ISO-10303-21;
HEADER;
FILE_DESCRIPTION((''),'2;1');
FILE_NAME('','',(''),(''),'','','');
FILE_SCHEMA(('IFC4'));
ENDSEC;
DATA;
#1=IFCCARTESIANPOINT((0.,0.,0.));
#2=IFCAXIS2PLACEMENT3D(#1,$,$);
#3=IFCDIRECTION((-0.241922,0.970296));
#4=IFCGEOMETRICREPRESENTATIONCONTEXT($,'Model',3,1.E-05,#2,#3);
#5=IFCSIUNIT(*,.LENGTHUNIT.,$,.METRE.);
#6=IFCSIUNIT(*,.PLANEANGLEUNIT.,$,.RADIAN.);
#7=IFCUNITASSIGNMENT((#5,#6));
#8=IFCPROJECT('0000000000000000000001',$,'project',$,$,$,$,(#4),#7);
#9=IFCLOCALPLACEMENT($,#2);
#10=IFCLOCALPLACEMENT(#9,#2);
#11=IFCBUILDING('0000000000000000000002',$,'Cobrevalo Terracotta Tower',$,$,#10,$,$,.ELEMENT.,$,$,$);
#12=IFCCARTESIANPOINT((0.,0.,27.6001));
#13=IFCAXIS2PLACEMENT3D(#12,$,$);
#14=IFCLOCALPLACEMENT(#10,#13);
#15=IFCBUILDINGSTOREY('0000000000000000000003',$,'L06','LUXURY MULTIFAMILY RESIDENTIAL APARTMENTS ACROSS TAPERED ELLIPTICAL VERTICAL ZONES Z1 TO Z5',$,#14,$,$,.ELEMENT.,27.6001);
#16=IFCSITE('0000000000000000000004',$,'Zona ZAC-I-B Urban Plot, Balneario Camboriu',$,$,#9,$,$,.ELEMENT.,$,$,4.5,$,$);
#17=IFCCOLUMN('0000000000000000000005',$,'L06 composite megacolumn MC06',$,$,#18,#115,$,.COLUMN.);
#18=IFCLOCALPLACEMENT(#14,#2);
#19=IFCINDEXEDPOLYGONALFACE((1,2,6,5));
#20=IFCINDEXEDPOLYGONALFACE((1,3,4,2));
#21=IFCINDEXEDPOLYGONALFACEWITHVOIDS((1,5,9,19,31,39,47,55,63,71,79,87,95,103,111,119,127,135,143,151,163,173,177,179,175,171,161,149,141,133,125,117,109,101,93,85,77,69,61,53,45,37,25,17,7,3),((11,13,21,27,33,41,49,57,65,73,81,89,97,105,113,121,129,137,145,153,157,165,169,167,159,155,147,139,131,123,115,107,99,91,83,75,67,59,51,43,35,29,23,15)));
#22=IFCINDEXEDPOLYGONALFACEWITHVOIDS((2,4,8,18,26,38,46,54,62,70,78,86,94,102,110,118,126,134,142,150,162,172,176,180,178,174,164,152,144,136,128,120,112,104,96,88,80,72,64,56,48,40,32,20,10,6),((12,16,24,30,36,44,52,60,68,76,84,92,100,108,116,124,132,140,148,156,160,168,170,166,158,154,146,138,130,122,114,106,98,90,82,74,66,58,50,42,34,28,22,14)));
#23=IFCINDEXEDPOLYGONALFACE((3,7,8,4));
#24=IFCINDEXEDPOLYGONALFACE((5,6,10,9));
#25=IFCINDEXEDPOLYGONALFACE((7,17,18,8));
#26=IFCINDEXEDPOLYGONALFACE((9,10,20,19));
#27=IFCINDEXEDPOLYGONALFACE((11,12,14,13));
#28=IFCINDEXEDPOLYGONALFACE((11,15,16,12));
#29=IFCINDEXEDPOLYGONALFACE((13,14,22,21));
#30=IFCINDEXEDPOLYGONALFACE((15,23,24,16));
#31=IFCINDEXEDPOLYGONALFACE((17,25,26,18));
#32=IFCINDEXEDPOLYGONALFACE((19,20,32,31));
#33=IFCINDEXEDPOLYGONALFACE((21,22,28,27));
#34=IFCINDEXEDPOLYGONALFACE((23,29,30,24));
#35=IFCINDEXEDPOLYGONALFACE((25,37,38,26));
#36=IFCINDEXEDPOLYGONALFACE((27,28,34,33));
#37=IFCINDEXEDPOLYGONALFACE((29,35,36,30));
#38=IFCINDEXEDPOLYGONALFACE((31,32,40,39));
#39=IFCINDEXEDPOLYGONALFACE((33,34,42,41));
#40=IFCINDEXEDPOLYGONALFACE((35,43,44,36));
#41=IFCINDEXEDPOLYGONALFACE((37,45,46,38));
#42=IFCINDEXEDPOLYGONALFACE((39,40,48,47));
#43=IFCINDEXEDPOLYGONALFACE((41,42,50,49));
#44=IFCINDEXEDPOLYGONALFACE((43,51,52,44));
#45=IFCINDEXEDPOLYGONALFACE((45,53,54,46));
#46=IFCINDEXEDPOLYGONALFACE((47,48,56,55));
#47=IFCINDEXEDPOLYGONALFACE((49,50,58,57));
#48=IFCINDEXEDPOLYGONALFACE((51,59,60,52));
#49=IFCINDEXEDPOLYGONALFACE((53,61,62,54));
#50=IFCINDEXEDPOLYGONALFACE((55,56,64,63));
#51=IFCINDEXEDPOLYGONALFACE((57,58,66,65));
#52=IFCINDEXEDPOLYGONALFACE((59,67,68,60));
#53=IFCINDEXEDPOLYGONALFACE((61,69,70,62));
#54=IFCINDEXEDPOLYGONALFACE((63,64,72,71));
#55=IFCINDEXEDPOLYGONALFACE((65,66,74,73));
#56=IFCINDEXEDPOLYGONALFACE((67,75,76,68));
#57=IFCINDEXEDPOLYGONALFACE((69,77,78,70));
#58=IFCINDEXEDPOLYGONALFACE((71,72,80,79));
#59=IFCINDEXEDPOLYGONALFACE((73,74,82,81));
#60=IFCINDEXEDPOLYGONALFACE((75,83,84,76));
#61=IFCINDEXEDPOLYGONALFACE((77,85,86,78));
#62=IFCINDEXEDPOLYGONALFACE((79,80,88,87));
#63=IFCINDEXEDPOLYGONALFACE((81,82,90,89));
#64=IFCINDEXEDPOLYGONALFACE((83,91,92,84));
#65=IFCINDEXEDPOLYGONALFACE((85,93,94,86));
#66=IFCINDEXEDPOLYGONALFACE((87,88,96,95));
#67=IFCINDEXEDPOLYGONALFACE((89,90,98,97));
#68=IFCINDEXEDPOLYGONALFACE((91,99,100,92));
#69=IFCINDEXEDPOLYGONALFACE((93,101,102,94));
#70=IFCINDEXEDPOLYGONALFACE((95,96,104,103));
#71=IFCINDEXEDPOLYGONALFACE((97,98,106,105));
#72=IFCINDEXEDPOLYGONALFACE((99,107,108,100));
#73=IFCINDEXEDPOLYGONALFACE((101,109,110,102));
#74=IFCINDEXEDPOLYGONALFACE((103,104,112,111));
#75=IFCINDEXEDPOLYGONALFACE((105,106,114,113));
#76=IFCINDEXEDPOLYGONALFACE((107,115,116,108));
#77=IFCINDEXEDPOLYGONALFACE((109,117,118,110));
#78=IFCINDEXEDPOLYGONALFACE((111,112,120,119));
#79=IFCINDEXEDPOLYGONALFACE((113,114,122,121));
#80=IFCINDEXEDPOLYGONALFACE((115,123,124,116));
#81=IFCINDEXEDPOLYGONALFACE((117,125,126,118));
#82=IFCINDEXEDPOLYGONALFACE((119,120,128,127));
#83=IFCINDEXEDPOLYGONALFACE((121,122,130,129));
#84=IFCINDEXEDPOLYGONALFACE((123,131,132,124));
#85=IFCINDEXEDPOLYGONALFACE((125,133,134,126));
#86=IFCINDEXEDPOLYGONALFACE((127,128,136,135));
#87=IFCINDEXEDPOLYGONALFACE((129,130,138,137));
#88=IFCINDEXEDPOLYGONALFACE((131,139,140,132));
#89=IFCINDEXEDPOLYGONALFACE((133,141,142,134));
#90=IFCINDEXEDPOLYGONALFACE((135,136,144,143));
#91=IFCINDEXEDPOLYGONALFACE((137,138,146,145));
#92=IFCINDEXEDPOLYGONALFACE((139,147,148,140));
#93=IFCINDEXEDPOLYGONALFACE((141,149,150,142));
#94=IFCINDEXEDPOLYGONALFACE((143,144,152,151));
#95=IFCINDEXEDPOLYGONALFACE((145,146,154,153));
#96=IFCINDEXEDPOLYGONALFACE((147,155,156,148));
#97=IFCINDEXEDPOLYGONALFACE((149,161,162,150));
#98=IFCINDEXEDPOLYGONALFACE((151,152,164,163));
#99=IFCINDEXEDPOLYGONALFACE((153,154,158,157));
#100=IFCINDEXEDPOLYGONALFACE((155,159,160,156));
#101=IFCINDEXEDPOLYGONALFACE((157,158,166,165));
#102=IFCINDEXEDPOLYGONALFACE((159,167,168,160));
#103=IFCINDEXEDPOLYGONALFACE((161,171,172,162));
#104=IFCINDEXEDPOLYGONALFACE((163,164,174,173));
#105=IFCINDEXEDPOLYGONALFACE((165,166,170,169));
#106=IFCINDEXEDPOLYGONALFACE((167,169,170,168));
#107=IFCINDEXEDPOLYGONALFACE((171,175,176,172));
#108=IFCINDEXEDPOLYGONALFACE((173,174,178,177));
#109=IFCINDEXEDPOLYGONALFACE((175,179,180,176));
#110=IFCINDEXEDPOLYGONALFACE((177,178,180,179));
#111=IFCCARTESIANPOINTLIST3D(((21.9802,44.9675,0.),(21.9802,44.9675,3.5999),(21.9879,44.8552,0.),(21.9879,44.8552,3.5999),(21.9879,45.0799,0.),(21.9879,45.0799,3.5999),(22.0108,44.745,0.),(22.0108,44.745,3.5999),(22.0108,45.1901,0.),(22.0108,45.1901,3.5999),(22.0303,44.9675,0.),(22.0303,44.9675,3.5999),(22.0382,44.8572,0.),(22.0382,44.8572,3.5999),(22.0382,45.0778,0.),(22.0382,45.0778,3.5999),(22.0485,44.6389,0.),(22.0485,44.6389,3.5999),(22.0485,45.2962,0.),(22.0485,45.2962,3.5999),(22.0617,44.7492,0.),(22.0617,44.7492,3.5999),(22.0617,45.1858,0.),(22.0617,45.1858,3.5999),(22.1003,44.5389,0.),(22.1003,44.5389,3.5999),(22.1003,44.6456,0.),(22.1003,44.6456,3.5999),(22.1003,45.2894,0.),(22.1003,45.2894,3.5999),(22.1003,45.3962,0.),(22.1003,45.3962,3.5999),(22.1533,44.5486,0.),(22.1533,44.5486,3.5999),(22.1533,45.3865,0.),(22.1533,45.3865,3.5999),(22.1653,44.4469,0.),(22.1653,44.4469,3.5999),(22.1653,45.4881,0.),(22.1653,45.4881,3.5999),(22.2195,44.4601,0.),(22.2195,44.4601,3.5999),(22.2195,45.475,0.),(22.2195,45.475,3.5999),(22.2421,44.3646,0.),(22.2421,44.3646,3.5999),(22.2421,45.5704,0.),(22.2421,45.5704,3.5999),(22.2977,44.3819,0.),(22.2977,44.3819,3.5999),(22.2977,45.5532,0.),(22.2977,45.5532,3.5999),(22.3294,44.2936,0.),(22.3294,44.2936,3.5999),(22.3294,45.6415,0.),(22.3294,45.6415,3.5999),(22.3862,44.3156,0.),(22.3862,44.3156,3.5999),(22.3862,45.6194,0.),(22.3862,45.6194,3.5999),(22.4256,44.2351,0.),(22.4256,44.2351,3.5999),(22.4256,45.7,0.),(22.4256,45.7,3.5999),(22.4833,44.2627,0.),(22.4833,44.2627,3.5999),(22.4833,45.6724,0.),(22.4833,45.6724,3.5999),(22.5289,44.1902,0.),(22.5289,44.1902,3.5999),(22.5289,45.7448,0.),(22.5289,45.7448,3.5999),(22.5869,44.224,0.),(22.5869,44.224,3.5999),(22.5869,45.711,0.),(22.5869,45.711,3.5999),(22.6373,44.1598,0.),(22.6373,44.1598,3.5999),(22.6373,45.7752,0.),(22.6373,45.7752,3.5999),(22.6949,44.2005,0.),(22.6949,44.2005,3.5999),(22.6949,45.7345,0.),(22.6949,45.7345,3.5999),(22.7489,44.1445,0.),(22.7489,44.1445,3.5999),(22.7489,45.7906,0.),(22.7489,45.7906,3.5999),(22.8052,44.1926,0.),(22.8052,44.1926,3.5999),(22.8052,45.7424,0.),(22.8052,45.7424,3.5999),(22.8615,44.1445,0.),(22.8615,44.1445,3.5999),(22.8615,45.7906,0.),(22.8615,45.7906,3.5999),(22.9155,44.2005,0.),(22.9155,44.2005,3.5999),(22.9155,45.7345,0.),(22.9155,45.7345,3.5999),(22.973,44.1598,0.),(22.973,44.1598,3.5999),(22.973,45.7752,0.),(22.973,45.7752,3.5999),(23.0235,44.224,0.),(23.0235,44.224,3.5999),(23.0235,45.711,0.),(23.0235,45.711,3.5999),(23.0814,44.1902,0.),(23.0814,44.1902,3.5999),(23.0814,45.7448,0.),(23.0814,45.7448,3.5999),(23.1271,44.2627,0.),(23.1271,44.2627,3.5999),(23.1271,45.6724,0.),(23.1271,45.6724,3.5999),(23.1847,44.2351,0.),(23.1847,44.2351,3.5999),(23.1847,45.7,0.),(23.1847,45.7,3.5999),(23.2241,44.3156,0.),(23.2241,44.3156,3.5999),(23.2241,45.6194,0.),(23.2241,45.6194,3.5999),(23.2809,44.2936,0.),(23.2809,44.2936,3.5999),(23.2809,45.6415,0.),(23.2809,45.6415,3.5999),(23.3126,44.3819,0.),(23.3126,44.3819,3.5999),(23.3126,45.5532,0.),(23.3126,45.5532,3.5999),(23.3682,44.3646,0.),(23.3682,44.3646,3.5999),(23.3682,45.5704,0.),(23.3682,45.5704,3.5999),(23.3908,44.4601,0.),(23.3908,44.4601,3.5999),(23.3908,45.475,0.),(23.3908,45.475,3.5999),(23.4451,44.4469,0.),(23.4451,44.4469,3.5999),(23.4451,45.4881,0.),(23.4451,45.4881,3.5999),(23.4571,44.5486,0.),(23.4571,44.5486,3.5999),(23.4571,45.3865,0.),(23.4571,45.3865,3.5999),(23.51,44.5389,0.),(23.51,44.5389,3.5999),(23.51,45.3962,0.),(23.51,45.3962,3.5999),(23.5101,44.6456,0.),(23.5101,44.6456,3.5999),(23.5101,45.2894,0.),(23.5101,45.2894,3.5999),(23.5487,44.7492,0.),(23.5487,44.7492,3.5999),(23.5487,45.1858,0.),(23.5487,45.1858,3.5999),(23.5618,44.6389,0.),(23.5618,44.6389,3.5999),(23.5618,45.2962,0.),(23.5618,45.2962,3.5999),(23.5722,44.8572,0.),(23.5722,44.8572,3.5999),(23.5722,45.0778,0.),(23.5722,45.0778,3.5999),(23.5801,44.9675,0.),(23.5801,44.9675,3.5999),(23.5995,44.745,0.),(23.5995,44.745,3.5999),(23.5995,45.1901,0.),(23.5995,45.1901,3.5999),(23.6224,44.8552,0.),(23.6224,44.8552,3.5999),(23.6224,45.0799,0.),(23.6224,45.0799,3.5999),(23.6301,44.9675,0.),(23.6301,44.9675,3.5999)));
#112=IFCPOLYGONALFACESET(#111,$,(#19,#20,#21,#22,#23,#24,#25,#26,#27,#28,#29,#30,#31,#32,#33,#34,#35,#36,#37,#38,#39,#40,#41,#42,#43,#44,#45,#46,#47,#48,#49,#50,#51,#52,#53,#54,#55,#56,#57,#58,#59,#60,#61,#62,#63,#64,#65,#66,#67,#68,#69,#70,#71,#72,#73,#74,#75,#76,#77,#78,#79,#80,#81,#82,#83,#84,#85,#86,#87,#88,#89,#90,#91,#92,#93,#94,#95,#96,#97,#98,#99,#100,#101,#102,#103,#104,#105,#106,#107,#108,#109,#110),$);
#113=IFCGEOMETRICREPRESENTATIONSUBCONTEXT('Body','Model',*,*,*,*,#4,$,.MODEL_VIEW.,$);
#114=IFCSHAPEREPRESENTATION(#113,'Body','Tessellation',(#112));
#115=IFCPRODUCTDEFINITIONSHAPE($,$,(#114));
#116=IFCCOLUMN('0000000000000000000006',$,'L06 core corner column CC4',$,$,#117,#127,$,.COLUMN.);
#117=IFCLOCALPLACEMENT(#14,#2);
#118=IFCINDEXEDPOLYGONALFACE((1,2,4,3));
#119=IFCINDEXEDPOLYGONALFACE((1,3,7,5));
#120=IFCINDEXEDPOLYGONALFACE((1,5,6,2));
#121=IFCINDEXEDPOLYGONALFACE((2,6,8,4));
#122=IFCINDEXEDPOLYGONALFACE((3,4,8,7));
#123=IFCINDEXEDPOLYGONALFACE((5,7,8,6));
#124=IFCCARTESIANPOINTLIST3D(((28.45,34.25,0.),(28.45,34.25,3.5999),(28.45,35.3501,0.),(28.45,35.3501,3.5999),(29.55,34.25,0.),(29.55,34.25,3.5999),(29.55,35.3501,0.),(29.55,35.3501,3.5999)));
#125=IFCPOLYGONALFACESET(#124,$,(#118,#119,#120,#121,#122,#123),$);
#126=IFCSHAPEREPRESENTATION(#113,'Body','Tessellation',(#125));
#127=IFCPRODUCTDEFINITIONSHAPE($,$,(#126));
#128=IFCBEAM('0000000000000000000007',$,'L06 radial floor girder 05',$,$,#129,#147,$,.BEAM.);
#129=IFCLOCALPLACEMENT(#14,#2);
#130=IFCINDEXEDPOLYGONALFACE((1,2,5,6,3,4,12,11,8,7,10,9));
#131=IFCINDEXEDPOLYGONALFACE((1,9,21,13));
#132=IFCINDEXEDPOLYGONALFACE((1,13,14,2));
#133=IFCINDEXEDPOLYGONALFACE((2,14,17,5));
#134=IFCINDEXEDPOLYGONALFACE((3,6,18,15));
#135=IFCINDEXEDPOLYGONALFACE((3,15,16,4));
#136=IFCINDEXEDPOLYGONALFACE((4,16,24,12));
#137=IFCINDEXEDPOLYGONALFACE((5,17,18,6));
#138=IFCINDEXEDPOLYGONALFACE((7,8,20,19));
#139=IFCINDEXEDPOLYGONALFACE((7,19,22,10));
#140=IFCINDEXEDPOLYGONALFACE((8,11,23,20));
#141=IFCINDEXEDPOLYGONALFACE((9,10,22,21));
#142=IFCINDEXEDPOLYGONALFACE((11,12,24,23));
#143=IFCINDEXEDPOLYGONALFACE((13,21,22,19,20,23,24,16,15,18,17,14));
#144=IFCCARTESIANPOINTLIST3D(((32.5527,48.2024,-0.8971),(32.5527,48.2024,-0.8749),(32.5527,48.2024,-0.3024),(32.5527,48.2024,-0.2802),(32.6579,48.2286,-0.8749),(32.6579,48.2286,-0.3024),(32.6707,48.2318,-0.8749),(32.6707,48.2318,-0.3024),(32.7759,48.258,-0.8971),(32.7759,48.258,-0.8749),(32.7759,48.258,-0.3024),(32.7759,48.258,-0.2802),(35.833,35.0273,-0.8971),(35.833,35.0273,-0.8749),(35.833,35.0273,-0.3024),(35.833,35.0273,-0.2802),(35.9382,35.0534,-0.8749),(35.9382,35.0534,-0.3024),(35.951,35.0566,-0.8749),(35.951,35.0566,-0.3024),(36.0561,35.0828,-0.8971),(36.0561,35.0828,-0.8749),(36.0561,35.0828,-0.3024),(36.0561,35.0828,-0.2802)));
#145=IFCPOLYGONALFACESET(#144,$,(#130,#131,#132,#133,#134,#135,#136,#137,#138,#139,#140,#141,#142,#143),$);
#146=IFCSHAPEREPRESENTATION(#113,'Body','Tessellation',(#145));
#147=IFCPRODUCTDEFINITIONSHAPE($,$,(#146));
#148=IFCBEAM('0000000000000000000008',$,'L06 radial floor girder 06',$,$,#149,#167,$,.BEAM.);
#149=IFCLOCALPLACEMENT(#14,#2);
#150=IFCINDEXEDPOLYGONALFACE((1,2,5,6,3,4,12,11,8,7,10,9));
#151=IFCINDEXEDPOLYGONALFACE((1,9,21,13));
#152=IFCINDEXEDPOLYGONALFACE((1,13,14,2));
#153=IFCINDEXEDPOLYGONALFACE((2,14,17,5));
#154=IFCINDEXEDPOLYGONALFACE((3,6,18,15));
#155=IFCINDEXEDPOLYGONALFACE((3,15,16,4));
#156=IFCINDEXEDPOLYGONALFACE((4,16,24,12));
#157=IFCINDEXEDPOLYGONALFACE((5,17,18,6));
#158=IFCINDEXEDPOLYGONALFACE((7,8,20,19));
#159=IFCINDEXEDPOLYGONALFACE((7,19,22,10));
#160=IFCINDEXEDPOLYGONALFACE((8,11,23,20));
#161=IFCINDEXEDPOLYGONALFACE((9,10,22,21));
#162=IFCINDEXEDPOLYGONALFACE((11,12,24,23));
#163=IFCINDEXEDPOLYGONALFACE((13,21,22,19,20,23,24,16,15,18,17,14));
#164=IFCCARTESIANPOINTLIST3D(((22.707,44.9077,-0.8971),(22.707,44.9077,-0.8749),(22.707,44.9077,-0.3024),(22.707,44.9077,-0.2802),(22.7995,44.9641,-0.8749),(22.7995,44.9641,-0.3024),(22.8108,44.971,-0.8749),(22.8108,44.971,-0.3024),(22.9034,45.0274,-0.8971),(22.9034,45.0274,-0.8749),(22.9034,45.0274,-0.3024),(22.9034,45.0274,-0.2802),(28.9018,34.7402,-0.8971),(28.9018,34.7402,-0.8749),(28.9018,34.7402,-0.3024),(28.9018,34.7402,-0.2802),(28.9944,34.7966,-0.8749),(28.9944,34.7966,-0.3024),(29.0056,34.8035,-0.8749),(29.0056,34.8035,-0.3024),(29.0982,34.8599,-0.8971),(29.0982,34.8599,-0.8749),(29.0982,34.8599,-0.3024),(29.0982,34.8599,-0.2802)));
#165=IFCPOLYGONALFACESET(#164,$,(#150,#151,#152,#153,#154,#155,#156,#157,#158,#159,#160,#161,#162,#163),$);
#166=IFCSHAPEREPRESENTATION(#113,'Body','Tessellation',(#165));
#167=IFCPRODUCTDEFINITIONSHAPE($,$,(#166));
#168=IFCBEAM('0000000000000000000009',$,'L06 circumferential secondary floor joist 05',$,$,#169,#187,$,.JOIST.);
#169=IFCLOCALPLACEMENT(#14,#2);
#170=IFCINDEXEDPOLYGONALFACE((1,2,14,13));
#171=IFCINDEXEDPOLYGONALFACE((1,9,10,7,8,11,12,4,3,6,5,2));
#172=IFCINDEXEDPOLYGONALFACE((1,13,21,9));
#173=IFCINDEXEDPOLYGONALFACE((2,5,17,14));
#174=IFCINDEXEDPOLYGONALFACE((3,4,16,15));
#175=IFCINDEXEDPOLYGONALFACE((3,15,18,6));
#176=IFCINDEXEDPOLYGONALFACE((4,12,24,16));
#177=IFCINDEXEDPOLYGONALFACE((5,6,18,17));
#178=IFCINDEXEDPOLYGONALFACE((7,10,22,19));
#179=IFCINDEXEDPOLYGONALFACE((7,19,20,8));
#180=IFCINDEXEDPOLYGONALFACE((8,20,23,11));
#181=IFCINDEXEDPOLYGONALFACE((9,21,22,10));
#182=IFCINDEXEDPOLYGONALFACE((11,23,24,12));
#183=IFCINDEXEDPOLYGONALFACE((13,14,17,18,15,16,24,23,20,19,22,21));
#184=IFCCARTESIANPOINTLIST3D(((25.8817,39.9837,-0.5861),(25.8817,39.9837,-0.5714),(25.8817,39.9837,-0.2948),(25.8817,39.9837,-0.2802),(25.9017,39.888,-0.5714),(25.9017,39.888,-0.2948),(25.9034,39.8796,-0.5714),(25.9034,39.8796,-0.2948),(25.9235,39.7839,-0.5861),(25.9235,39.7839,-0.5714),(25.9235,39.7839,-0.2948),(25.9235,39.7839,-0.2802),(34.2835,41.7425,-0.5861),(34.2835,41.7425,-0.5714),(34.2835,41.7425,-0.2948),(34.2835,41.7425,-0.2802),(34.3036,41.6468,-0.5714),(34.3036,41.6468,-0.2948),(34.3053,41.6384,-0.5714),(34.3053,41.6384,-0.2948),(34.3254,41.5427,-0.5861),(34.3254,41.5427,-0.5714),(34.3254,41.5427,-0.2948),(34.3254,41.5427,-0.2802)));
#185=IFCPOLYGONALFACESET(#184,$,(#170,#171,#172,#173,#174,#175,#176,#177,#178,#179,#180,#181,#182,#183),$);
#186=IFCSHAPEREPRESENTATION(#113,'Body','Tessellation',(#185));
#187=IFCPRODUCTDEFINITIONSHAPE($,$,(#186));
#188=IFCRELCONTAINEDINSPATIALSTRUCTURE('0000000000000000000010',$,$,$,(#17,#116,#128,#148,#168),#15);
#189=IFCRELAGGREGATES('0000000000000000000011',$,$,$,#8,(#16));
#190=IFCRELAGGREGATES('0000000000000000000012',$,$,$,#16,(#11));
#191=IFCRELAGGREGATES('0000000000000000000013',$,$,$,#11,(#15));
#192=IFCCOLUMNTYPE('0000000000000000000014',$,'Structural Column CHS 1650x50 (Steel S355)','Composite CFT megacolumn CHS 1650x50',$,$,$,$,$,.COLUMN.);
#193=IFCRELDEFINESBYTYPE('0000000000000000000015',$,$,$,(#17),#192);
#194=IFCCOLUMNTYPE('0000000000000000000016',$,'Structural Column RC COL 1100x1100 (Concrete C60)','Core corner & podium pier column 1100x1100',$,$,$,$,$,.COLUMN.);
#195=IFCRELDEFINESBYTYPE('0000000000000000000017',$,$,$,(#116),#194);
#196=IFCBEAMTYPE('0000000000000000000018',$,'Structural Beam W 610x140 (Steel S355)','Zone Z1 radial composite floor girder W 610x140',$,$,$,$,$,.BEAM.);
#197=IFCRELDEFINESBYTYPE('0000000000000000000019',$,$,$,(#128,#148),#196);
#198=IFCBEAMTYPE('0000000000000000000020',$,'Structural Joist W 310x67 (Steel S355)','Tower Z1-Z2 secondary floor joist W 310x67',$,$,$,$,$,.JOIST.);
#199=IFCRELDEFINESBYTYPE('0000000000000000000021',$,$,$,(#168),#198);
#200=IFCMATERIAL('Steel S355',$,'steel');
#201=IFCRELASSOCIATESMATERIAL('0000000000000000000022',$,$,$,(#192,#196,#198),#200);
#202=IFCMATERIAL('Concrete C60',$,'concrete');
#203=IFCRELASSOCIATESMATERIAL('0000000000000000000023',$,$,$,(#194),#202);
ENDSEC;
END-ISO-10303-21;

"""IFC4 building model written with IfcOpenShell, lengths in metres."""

from ifc_helpers import new_model, si_unit, direction, frame, origin, origin_2d, place, context, subcontext, project, spatial, rectangle, hollow_circle, i_section, extrude, material, material_profile, profile_set, type_object, element, save


model = new_model("IFC4")

# Units and contexts
model_context = context("Model", 3, precision=1e-05, world=origin(), true_north=direction((-0.241922, 0.970296)))
body_context = subcontext(model_context, "Body", "Model", "MODEL_VIEW")
ifc_project = project(units=[si_unit("LENGTHUNIT", "METRE"), si_unit("PLANEANGLEUNIT", "RADIAN")], contexts=[model_context])

# Site, building, storey
site_placement = place(None, origin())
site = spatial("IfcSite", under=ifc_project, at=site_placement, Name="Zona ZAC-I-B Urban Plot, Balneario Camboriu", CompositionType="ELEMENT", RefElevation=4.5)
building_placement = place(site_placement, origin())
building = spatial("IfcBuilding", under=site, at=building_placement, Name="Cobrevalo Terracotta Tower", CompositionType="ELEMENT")
storey_placement = place(building_placement, frame((0.0, 0.0, 27.6001)))
storey = spatial("IfcBuildingStorey", under=building, at=storey_placement, Name="L06", Description="LUXURY MULTIFAMILY RESIDENTIAL APARTMENTS ACROSS TAPERED ELLIPTICAL VERTICAL ZONES Z1 TO Z5", CompositionType="ELEMENT", Elevation=27.6001)

# Columns
ifc_material_1 = material(Name="Steel S355", Category="steel")
ifc_material_profile_1 = material_profile(ifc_material_1, hollow_circle(Radius=0.825, WallThickness=0.05, at=origin_2d()), Name="CHS 1650x50")
ifc_profile_set_1 = profile_set([ifc_material_profile_1], Name="Steel S355")
column_type_1 = type_object("IfcColumnType", Name="Structural Column CHS 1650x50 (Steel S355)", Description="Composite CFT megacolumn CHS 1650x50", PredefinedType="COLUMN", material=ifc_profile_set_1)
for number, where, z_axis, x_axis, name in (
    (1, (22.8052, 44.9675, 0.0), (0.0, 0.0, 1.0), (1.0, 0.0, 0.0), "L06 composite megacolumn MC06"),
):
    element("IfcColumn", number, at=place(storey_placement, frame(where, z_axis=z_axis, x_axis=x_axis)), inside=storey, type_object=column_type_1, Name=name, PredefinedType="COLUMN", context=body_context, shape_type="SweptSolid", body=[
        extrude(hollow_circle(Radius=0.825, WallThickness=0.05, at=origin_2d()), origin(), (0.0, 0.0, 1.0), 3.5999),
    ])
ifc_material_2 = material(Name="Concrete C60", Category="concrete")
ifc_material_profile_2 = material_profile(ifc_material_2, rectangle(XDim=1.1001, YDim=1.1001, at=origin_2d()), Name="RC COL 1100x1100")
ifc_profile_set_2 = profile_set([ifc_material_profile_2], Name="Concrete C60")
column_type_2 = type_object("IfcColumnType", Name="Structural Column RC COL 1100x1100 (Concrete C60)", Description="Core corner & podium pier column 1100x1100", PredefinedType="COLUMN", material=ifc_profile_set_2)
column_placement = place(storey_placement, frame((29.0, 34.8, 0.0), z_axis=(0.0, 0.0, 1.0), x_axis=(1.0, 0.0, 0.0)))
element("IfcColumn", 2, at=column_placement, inside=storey, type_object=column_type_2, Name="L06 core corner column CC4", PredefinedType="COLUMN", context=body_context, shape_type="SweptSolid", body=[
    extrude(rectangle(XDim=1.1001, YDim=1.1001, at=origin_2d()), origin(), (0.0, 0.0, 1.0), 3.5999),
])

# Beams
ifc_material_profile_3 = material_profile(ifc_material_1, i_section(OverallWidth=0.23, OverallDepth=0.6169, WebThickness=0.0132, FlangeThickness=0.0222, at=origin_2d()), Name="W 610x140")
ifc_profile_set_3 = profile_set([ifc_material_profile_3], Name="Steel S355")
beam_type_1 = type_object("IfcBeamType", Name="Structural Beam W 610x140 (Steel S355)", Description="Zone Z1 radial composite floor girder W 610x140", PredefinedType="BEAM", material=ifc_profile_set_3)
beam_1_placement = place(storey_placement, frame((32.6643, 48.2302, -0.5886), z_axis=(0.241596, -0.970377, 0.0), x_axis=(0.970377, 0.241596, 0.0)))
element("IfcBeam", 3, at=beam_1_placement, inside=storey, type_object=beam_type_1, Name="L06 radial floor girder 05", PredefinedType="BEAM", context=body_context, shape_type="SweptSolid", body=[
    extrude(i_section(OverallWidth=0.23, OverallDepth=0.6169, WebThickness=0.0132, FlangeThickness=0.0222, at=origin_2d()), origin(), (0.0, 0.0, 1.0), 13.5774),
])
beam_2_placement = place(storey_placement, frame((22.8052, 44.9675, -0.5886), z_axis=(0.52031, -0.853978, 0.0), x_axis=(0.853978, 0.52031, 0.0)))
element("IfcBeam", 4, at=beam_2_placement, inside=storey, type_object=beam_type_1, Name="L06 radial floor girder 06", PredefinedType="BEAM", context=body_context, shape_type="SweptSolid", body=[
    extrude(i_section(OverallWidth=0.23, OverallDepth=0.6169, WebThickness=0.0132, FlangeThickness=0.0222, at=origin_2d()), origin(), (0.0, 0.0, 1.0), 11.906),
])
ifc_material_profile_4 = material_profile(ifc_material_1, i_section(OverallWidth=0.2041, OverallDepth=0.3059, WebThickness=0.0085, FlangeThickness=0.0146, at=origin_2d()), Name="W 310x67")
ifc_profile_set_4 = profile_set([ifc_material_profile_4], Name="Steel S355")
beam_type_2 = type_object("IfcBeamType", Name="Structural Joist W 310x67 (Steel S355)", Description="Tower Z1-Z2 secondary floor joist W 310x67", PredefinedType="JOIST", material=ifc_profile_set_4)
beam_3_placement = place(storey_placement, frame((34.3044, 41.6426, -0.4331), z_axis=(-0.978785, -0.204892, 0.0), x_axis=(0.204892, -0.978785, 0.0)))
element("IfcBeam", 5, at=beam_3_placement, inside=storey, type_object=beam_type_2, Name="L06 circumferential secondary floor joist 05", PredefinedType="JOIST", context=body_context, shape_type="SweptSolid", body=[
    extrude(i_section(OverallWidth=0.2041, OverallDepth=0.3059, WebThickness=0.0085, FlangeThickness=0.0146, at=origin_2d()), origin(), (0.0, 0.0, 1.0), 8.584),
])

save(model, "model.ifc")
